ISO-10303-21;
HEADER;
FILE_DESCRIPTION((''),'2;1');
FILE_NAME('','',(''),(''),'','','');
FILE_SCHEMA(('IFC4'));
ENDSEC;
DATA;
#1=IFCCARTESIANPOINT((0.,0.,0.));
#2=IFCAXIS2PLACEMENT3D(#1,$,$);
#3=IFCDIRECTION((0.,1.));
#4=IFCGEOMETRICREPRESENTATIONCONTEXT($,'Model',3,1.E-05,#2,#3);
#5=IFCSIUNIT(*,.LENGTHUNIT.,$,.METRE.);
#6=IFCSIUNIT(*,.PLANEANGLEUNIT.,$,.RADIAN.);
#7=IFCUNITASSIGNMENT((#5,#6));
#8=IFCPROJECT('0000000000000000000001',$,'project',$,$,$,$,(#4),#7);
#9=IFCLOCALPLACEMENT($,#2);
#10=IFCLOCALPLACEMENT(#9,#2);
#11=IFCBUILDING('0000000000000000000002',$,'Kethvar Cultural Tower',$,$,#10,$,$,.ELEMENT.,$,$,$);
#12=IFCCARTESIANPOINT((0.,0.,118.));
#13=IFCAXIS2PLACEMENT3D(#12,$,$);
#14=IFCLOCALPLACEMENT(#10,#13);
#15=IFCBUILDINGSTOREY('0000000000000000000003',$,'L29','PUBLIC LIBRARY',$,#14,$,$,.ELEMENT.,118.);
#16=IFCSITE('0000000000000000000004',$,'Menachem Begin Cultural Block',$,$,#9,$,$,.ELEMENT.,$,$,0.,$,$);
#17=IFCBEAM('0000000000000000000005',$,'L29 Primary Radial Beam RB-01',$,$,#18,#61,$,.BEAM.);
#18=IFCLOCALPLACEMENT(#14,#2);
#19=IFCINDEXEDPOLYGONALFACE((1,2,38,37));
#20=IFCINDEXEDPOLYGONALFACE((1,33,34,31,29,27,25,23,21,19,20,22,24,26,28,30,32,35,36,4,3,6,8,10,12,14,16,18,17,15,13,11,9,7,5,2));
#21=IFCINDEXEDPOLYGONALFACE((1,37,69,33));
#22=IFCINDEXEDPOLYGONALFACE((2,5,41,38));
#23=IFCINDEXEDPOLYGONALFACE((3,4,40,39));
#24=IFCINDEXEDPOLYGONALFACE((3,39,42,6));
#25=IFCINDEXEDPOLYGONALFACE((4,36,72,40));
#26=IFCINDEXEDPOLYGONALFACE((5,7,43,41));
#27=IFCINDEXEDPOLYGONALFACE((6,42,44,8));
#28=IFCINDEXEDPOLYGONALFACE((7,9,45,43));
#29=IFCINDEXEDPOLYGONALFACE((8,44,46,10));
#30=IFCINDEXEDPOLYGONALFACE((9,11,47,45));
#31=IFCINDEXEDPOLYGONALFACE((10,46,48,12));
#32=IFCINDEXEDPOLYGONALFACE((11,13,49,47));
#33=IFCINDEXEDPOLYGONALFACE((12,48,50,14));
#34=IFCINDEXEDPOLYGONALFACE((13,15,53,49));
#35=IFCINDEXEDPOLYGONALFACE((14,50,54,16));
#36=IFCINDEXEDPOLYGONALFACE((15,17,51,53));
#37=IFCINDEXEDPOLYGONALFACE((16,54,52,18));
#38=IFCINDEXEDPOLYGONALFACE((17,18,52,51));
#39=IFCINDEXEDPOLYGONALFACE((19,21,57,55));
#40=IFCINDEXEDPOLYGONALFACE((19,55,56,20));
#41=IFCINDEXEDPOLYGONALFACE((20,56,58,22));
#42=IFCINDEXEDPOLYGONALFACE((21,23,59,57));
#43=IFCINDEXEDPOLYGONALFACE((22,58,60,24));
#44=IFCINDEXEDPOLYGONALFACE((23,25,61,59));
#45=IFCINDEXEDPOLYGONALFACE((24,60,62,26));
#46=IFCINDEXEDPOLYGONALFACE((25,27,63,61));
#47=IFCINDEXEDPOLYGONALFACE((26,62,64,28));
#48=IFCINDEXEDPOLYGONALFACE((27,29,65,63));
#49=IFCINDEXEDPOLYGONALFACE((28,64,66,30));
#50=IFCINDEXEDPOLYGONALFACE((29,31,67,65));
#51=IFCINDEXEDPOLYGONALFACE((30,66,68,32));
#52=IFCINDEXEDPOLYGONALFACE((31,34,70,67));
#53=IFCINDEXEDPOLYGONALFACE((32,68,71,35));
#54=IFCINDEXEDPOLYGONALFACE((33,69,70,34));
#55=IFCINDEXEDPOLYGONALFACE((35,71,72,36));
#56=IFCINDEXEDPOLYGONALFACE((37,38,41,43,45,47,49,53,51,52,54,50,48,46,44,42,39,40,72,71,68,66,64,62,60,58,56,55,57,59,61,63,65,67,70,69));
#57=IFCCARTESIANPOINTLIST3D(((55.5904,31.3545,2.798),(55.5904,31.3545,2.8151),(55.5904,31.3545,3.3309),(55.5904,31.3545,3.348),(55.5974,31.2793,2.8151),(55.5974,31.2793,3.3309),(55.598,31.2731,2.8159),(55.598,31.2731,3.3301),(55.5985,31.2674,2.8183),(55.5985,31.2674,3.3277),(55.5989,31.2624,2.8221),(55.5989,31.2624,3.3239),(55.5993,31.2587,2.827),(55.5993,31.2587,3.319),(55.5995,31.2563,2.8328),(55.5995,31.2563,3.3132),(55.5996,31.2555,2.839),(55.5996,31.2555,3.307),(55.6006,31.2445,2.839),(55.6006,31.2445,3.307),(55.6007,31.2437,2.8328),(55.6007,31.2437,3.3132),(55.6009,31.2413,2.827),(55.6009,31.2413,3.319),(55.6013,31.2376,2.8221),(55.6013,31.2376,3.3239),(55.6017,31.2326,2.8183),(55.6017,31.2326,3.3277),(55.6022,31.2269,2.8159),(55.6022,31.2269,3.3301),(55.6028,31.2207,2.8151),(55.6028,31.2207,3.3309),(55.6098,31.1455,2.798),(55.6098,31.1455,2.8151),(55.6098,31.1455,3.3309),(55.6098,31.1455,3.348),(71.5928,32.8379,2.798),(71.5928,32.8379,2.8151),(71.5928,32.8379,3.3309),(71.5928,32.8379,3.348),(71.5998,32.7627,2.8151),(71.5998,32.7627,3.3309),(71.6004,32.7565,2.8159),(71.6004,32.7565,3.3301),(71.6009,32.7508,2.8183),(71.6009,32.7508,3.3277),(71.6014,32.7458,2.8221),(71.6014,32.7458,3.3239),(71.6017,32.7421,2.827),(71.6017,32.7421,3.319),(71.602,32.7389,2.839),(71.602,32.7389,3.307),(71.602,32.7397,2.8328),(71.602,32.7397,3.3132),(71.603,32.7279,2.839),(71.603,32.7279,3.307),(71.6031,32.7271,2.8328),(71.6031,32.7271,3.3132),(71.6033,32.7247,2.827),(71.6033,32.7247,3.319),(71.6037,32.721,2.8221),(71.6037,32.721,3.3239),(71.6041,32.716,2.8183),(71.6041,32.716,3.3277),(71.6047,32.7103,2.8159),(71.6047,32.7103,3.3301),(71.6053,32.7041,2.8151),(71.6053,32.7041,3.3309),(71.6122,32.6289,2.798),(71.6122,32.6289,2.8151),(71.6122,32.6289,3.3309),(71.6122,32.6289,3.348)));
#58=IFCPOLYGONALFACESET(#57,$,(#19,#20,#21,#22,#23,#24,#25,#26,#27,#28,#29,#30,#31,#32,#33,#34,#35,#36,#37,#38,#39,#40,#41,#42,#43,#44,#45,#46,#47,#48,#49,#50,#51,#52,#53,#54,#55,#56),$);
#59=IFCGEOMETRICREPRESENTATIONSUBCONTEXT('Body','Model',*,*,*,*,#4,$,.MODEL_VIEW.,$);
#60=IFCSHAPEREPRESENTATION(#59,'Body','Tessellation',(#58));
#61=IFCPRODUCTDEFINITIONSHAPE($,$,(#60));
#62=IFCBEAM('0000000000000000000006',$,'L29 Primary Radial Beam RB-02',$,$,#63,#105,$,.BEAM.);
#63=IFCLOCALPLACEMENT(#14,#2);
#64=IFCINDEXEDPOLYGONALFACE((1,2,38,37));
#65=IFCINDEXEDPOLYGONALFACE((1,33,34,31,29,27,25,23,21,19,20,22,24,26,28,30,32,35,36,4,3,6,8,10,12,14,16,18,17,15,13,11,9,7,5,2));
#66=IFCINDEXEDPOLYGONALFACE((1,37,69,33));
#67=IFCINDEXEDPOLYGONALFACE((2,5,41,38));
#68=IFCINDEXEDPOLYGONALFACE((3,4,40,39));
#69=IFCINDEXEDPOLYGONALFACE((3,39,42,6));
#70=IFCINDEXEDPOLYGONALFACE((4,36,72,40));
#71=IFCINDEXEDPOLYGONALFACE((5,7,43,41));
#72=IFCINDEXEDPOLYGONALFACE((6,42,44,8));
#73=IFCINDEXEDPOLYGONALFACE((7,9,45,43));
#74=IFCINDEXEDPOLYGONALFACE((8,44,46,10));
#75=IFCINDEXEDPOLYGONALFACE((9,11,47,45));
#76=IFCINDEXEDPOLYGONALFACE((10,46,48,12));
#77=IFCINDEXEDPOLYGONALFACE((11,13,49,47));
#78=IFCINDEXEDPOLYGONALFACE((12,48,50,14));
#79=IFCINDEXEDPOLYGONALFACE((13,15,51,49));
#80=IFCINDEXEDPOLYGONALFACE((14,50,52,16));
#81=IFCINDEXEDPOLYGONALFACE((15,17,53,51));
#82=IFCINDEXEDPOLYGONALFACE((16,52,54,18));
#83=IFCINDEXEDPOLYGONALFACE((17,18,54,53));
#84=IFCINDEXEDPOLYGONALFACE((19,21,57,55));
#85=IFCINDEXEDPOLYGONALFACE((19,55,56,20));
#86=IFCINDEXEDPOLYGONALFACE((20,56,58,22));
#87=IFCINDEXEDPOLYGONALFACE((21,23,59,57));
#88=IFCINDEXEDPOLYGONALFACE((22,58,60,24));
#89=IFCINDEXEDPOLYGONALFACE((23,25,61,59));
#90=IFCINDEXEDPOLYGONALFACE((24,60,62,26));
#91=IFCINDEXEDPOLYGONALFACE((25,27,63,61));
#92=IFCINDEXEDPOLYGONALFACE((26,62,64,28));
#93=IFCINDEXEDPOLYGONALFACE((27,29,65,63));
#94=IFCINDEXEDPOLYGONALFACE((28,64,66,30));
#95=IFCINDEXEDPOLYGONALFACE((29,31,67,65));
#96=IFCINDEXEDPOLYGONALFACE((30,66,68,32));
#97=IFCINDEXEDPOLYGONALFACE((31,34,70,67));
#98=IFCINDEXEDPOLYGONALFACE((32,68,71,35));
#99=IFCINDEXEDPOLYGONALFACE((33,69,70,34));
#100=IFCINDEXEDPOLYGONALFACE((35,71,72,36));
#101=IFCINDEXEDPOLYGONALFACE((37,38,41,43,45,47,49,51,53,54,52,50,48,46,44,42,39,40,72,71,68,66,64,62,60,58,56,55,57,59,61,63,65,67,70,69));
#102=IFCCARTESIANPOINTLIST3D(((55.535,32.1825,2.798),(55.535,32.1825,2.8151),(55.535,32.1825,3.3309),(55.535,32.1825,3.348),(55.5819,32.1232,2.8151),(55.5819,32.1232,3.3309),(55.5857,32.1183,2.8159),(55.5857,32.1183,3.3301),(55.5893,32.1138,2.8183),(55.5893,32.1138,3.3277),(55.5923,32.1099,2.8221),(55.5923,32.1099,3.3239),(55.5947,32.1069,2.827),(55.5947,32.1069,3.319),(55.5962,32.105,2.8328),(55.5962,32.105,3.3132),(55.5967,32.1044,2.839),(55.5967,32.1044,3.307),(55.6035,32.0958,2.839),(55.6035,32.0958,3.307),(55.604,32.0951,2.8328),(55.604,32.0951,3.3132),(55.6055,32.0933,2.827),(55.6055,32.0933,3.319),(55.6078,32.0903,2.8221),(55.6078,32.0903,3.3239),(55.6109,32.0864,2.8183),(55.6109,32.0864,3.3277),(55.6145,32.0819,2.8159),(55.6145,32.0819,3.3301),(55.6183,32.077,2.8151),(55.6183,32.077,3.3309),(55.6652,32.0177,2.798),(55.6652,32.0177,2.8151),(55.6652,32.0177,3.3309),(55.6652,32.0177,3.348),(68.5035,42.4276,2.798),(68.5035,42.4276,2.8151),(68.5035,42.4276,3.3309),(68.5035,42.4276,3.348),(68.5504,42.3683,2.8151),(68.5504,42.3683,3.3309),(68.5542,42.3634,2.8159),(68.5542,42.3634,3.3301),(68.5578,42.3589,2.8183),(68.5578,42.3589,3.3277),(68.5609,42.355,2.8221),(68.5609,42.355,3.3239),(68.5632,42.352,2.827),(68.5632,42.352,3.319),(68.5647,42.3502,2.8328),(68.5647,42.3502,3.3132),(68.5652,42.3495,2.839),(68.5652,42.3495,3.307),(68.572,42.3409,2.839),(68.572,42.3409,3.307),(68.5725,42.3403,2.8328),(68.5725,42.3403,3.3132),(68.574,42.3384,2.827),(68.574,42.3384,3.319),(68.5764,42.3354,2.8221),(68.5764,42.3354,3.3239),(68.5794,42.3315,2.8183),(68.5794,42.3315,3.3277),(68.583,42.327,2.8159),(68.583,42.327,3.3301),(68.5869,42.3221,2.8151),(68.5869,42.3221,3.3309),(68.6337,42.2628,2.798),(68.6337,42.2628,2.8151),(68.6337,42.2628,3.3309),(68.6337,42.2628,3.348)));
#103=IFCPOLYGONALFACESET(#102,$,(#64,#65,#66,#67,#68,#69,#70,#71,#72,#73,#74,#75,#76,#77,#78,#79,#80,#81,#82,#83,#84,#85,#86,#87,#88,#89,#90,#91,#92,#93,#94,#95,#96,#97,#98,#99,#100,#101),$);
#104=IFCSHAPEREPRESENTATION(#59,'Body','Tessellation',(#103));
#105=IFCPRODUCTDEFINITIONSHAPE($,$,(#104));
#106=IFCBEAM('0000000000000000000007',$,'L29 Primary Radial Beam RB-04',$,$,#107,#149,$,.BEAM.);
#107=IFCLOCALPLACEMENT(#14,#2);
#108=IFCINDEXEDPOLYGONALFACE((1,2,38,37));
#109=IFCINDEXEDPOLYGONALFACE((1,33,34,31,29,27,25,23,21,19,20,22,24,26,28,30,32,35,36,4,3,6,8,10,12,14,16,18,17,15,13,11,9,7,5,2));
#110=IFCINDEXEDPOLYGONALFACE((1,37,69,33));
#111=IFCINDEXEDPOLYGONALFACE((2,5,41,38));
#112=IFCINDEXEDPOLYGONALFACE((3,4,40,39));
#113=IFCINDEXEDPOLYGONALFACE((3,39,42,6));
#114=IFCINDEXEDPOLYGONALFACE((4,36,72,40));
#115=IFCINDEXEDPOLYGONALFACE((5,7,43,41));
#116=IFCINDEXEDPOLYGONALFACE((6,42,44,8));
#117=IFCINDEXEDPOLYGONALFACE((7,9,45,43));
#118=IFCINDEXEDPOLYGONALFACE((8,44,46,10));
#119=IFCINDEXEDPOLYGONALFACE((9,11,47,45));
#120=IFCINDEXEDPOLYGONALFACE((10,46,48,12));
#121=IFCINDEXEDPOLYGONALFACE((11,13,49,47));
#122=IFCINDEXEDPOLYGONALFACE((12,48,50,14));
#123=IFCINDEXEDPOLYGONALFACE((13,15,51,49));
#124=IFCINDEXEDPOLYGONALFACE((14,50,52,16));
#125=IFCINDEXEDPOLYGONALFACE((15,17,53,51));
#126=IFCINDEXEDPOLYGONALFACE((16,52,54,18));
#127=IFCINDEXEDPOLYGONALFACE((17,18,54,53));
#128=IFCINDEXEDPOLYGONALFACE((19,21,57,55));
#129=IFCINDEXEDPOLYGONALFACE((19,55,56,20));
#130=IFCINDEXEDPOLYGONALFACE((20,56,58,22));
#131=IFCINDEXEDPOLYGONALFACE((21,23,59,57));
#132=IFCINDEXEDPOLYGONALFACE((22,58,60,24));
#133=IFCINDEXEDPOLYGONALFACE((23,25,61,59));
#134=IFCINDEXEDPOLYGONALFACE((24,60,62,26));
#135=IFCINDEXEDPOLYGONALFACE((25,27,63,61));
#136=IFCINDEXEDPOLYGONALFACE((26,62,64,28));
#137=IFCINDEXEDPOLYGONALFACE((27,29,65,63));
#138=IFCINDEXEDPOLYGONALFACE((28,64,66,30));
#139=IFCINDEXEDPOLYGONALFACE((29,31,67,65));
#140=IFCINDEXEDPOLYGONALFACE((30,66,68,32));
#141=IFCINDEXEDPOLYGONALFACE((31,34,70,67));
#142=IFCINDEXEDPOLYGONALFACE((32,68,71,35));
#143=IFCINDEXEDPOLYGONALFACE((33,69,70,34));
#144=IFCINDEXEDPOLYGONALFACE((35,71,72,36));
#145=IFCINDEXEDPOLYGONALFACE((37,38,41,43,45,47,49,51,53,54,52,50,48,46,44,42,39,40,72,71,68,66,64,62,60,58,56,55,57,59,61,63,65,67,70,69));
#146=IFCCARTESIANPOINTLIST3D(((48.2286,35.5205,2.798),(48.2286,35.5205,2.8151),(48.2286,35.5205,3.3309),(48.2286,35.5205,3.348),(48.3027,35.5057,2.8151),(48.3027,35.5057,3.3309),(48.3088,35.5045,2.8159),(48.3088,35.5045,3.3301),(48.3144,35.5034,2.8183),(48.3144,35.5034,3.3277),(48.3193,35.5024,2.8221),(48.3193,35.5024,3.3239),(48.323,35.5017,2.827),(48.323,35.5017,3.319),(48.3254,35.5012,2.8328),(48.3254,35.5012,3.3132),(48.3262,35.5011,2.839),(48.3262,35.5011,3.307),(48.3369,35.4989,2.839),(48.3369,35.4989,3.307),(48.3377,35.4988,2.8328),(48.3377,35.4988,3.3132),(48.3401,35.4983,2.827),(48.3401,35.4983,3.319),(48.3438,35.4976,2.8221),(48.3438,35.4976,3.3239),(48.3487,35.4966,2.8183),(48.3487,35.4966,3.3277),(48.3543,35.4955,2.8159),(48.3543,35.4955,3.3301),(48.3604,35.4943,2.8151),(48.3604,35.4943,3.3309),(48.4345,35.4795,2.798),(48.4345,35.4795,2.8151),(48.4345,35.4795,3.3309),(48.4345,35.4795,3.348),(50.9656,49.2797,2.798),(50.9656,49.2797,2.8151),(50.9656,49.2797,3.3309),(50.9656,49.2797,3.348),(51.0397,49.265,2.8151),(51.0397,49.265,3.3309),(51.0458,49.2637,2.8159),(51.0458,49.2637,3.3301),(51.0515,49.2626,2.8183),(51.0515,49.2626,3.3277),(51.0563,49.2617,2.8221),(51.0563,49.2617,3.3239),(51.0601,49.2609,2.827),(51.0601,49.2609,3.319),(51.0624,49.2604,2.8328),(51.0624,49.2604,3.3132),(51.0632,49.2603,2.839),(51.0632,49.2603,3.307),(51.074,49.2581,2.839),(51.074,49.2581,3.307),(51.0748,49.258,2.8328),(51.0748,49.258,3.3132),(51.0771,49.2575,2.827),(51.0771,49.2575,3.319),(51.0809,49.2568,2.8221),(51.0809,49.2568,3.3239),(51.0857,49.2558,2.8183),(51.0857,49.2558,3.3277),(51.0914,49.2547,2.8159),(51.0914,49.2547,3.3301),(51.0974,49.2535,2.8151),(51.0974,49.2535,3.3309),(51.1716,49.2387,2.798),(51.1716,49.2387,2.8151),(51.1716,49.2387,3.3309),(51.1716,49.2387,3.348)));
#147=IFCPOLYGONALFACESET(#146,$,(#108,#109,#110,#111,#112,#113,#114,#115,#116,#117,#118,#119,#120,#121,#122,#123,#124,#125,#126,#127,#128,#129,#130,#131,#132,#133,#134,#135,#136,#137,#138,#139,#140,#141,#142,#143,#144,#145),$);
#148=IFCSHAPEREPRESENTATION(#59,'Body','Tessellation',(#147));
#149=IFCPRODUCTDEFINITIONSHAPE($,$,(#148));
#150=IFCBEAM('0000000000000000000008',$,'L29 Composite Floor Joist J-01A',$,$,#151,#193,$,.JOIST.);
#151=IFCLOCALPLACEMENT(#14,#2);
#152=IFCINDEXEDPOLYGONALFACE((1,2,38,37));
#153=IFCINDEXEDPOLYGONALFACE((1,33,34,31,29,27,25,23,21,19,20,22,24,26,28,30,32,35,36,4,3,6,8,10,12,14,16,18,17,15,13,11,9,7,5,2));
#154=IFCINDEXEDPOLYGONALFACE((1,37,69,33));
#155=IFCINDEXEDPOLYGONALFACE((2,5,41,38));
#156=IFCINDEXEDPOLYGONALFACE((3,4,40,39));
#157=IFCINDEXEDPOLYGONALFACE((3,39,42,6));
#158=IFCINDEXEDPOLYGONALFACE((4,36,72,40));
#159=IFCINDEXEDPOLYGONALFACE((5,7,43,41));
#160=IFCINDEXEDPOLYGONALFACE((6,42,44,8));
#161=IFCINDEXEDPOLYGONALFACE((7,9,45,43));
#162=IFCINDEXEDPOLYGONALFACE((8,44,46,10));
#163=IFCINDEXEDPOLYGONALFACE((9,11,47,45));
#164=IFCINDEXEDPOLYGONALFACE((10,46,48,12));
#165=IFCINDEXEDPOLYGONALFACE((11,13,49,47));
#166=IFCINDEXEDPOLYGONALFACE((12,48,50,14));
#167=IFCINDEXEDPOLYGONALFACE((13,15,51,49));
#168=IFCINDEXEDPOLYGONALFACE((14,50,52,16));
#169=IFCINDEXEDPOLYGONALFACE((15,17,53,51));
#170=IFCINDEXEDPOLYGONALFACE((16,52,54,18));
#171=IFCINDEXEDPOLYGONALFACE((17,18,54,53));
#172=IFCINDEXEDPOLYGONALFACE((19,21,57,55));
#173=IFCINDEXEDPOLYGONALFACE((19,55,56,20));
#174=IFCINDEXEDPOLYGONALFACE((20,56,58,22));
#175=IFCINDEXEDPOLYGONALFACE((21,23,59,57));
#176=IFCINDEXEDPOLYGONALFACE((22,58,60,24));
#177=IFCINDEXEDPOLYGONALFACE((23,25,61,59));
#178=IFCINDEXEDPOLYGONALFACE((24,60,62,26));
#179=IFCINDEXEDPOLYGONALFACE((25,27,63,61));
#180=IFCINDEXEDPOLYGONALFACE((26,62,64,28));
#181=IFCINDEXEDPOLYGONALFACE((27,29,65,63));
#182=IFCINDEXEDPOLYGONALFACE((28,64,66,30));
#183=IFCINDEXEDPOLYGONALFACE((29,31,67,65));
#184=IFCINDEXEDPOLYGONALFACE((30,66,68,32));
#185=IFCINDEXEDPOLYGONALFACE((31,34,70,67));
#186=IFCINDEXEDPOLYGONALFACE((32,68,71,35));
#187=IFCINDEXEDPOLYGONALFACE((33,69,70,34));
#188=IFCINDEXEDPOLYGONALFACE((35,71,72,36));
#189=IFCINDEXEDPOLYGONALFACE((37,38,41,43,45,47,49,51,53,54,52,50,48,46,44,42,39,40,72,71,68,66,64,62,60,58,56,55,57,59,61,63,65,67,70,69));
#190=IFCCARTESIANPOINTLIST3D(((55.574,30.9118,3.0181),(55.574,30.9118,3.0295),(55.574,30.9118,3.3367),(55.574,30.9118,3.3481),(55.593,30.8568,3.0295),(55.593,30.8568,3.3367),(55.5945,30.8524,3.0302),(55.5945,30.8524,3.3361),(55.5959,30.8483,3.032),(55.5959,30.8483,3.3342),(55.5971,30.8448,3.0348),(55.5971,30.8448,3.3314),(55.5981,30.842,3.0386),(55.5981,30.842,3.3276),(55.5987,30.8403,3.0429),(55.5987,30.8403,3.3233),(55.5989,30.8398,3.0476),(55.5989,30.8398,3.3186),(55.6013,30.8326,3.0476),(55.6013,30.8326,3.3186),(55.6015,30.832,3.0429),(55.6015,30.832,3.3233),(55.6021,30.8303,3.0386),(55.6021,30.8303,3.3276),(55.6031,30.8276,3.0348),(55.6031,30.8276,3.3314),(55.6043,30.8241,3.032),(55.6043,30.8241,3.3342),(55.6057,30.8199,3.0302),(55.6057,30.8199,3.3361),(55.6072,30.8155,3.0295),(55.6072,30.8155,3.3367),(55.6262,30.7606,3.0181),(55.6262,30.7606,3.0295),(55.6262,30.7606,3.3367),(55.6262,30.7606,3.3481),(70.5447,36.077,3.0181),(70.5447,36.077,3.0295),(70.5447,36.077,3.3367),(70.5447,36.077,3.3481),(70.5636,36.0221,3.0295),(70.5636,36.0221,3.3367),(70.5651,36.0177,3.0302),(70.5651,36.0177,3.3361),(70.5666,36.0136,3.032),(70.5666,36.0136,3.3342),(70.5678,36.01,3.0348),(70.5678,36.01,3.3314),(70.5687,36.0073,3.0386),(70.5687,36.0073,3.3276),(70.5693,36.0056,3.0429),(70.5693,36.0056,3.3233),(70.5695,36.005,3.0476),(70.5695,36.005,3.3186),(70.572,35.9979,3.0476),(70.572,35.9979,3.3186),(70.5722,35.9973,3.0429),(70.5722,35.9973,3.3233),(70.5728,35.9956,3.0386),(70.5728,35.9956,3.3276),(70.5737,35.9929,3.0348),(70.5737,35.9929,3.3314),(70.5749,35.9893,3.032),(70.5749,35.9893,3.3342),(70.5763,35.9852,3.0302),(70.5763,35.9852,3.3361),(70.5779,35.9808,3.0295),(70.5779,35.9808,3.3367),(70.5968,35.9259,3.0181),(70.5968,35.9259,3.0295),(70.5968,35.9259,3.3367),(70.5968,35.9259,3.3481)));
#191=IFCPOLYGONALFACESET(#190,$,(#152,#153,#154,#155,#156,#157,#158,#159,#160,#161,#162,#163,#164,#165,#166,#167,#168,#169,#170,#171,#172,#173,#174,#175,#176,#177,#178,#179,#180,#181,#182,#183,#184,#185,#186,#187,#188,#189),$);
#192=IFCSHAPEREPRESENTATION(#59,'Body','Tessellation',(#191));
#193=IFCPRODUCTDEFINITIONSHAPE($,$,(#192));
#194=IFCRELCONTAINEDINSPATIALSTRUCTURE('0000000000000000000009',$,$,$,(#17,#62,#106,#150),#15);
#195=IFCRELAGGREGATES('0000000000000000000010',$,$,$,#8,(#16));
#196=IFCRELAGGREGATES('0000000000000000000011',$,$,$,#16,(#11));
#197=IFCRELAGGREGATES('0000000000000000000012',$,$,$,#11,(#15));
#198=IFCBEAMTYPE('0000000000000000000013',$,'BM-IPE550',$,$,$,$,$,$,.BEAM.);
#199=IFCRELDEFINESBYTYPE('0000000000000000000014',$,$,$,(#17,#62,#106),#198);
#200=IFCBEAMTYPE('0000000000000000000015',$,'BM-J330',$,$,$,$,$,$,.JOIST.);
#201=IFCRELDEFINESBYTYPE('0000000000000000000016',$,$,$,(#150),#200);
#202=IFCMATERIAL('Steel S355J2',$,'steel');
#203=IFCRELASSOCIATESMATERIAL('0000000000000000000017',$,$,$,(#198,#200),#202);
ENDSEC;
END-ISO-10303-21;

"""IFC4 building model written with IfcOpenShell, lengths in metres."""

from ifc_helpers import new_model, si_unit, direction, frame, origin, origin_2d, place, context, subcontext, project, spatial, i_section, extrude, source, transform, mapped, material, material_profile, profile_set, type_object, element, save


model = new_model("IFC4")

# Units and contexts
model_context = context("Model", 3, precision=1e-05, world=origin(), true_north=direction((0.0, 1.0)))
body_context = subcontext(model_context, "Body", "Model", "MODEL_VIEW")
ifc_project = project(units=[si_unit("LENGTHUNIT", "METRE"), si_unit("PLANEANGLEUNIT", "RADIAN")], contexts=[model_context])

# Site, building, storey
site_placement = place(None, origin())
site = spatial("IfcSite", under=ifc_project, at=site_placement, Name="Menachem Begin Cultural Block", CompositionType="ELEMENT", RefElevation=0.0)
building_placement = place(site_placement, origin())
building = spatial("IfcBuilding", under=site, at=building_placement, Name="Kethvar Cultural Tower", CompositionType="ELEMENT")
storey_placement = place(building_placement, frame((0.0, 0.0, 118.0)))
storey = spatial("IfcBuildingStorey", under=building, at=storey_placement, Name="L29", Description="PUBLIC LIBRARY", CompositionType="ELEMENT", Elevation=118.0)

# Beams
ifc_material_1 = material(Name="Steel S355J2", Category="steel")
ifc_material_profile_1 = material_profile(ifc_material_1, i_section(OverallWidth=0.21, OverallDepth=0.55, WebThickness=0.011, FlangeThickness=0.0171, FilletRadius=0.0239, at=origin_2d()), Name="Steel S355J2 — IPE550")
ifc_profile_set_1 = profile_set([ifc_material_profile_1], Name="Steel S355J2 — IPE550")
beam_type_1 = type_object("IfcBeamType", Name="BM-IPE550", PredefinedType="BEAM", material=ifc_profile_set_1)
shared_shape_1 = source(origin(), body_context, "Body", "SweptSolid", [
    extrude(i_section(OverallWidth=0.21, OverallDepth=0.55, WebThickness=0.011, FlangeThickness=0.0171, FilletRadius=0.0239, at=origin_2d()), origin(), (0.0, 0.0, 1.0), 16.071),
])
beam_1_placement = place(storey_placement, frame((55.6001, 31.25, 3.073), z_axis=(0.995731, 0.092303, 0.0), x_axis=(-0.092303, 0.995731, 0.0)))
element("IfcBeam", 1, at=beam_1_placement, inside=storey, type_object=beam_type_1, Name="L29 Primary Radial Beam RB-01", PredefinedType="BEAM", context=body_context, shape_type="MappedRepresentation", body=[
    mapped(shared_shape_1, transform((0.0, 0.0, 0.0), scale=1.0)),
])
shared_shape_2 = source(origin(), body_context, "Body", "SweptSolid", [
    extrude(i_section(OverallWidth=0.21, OverallDepth=0.55, WebThickness=0.011, FlangeThickness=0.0171, FilletRadius=0.0239, at=origin_2d()), origin(), (0.0, 0.0, 1.0), 16.5271),
])
beam_2_placement = place(storey_placement, frame((55.6001, 32.1001, 3.073), z_axis=(0.784682, 0.619899, 0.0), x_axis=(-0.619899, 0.784682, 0.0)))
element("IfcBeam", 2, at=beam_2_placement, inside=storey, type_object=beam_type_1, Name="L29 Primary Radial Beam RB-02", PredefinedType="BEAM", context=body_context, shape_type="MappedRepresentation", body=[
    mapped(shared_shape_2, transform((0.0, 0.0, 0.0), scale=1.0)),
])
shared_shape_3 = source(origin(), body_context, "Body", "SweptSolid", [
    extrude(i_section(OverallWidth=0.21, OverallDepth=0.55, WebThickness=0.011, FlangeThickness=0.0171, FilletRadius=0.0239, at=origin_2d()), origin(), (0.0, 0.0, 1.0), 14.0288),
])
beam_3_placement = place(storey_placement, frame((48.3315, 35.5, 3.073), z_axis=(0.195102, 0.980783, 0.0), x_axis=(-0.980783, 0.195102, 0.0)))
element("IfcBeam", 3, at=beam_3_placement, inside=storey, type_object=beam_type_1, Name="L29 Primary Radial Beam RB-04", PredefinedType="BEAM", context=body_context, shape_type="MappedRepresentation", body=[
    mapped(shared_shape_3, transform((0.0, 0.0, 0.0), scale=1.0)),
])
ifc_material_profile_2 = material_profile(ifc_material_1, i_section(OverallWidth=0.1599, OverallDepth=0.3301, WebThickness=0.0076, FlangeThickness=0.0115, FilletRadius=0.0181, at=origin_2d()), Name="Steel S355J2 — IPE330")
ifc_profile_set_2 = profile_set([ifc_material_profile_2], Name="Steel S355J2 — IPE330")
beam_type_2 = type_object("IfcBeamType", Name="BM-J330", PredefinedType="JOIST", material=ifc_profile_set_2)
shared_shape_4 = source(origin(), body_context, "Body", "SweptSolid", [
    extrude(i_section(OverallWidth=0.1599, OverallDepth=0.3301, WebThickness=0.0076, FlangeThickness=0.0115, FilletRadius=0.0181, at=origin_2d()), origin(), (0.0, 0.0, 1.0), 15.8367),
])
beam_4_placement = place(storey_placement, frame((55.6001, 30.8362, 3.1831), z_axis=(0.945315, 0.326158, 0.0), x_axis=(-0.326158, 0.945315, 0.0)))
element("IfcBeam", 4, at=beam_4_placement, inside=storey, type_object=beam_type_2, Name="L29 Composite Floor Joist J-01A", PredefinedType="JOIST", context=body_context, shape_type="MappedRepresentation", body=[
    mapped(shared_shape_4, transform((0.0, 0.0, 0.0), scale=1.0)),
])

save(model, "model.ifc")
